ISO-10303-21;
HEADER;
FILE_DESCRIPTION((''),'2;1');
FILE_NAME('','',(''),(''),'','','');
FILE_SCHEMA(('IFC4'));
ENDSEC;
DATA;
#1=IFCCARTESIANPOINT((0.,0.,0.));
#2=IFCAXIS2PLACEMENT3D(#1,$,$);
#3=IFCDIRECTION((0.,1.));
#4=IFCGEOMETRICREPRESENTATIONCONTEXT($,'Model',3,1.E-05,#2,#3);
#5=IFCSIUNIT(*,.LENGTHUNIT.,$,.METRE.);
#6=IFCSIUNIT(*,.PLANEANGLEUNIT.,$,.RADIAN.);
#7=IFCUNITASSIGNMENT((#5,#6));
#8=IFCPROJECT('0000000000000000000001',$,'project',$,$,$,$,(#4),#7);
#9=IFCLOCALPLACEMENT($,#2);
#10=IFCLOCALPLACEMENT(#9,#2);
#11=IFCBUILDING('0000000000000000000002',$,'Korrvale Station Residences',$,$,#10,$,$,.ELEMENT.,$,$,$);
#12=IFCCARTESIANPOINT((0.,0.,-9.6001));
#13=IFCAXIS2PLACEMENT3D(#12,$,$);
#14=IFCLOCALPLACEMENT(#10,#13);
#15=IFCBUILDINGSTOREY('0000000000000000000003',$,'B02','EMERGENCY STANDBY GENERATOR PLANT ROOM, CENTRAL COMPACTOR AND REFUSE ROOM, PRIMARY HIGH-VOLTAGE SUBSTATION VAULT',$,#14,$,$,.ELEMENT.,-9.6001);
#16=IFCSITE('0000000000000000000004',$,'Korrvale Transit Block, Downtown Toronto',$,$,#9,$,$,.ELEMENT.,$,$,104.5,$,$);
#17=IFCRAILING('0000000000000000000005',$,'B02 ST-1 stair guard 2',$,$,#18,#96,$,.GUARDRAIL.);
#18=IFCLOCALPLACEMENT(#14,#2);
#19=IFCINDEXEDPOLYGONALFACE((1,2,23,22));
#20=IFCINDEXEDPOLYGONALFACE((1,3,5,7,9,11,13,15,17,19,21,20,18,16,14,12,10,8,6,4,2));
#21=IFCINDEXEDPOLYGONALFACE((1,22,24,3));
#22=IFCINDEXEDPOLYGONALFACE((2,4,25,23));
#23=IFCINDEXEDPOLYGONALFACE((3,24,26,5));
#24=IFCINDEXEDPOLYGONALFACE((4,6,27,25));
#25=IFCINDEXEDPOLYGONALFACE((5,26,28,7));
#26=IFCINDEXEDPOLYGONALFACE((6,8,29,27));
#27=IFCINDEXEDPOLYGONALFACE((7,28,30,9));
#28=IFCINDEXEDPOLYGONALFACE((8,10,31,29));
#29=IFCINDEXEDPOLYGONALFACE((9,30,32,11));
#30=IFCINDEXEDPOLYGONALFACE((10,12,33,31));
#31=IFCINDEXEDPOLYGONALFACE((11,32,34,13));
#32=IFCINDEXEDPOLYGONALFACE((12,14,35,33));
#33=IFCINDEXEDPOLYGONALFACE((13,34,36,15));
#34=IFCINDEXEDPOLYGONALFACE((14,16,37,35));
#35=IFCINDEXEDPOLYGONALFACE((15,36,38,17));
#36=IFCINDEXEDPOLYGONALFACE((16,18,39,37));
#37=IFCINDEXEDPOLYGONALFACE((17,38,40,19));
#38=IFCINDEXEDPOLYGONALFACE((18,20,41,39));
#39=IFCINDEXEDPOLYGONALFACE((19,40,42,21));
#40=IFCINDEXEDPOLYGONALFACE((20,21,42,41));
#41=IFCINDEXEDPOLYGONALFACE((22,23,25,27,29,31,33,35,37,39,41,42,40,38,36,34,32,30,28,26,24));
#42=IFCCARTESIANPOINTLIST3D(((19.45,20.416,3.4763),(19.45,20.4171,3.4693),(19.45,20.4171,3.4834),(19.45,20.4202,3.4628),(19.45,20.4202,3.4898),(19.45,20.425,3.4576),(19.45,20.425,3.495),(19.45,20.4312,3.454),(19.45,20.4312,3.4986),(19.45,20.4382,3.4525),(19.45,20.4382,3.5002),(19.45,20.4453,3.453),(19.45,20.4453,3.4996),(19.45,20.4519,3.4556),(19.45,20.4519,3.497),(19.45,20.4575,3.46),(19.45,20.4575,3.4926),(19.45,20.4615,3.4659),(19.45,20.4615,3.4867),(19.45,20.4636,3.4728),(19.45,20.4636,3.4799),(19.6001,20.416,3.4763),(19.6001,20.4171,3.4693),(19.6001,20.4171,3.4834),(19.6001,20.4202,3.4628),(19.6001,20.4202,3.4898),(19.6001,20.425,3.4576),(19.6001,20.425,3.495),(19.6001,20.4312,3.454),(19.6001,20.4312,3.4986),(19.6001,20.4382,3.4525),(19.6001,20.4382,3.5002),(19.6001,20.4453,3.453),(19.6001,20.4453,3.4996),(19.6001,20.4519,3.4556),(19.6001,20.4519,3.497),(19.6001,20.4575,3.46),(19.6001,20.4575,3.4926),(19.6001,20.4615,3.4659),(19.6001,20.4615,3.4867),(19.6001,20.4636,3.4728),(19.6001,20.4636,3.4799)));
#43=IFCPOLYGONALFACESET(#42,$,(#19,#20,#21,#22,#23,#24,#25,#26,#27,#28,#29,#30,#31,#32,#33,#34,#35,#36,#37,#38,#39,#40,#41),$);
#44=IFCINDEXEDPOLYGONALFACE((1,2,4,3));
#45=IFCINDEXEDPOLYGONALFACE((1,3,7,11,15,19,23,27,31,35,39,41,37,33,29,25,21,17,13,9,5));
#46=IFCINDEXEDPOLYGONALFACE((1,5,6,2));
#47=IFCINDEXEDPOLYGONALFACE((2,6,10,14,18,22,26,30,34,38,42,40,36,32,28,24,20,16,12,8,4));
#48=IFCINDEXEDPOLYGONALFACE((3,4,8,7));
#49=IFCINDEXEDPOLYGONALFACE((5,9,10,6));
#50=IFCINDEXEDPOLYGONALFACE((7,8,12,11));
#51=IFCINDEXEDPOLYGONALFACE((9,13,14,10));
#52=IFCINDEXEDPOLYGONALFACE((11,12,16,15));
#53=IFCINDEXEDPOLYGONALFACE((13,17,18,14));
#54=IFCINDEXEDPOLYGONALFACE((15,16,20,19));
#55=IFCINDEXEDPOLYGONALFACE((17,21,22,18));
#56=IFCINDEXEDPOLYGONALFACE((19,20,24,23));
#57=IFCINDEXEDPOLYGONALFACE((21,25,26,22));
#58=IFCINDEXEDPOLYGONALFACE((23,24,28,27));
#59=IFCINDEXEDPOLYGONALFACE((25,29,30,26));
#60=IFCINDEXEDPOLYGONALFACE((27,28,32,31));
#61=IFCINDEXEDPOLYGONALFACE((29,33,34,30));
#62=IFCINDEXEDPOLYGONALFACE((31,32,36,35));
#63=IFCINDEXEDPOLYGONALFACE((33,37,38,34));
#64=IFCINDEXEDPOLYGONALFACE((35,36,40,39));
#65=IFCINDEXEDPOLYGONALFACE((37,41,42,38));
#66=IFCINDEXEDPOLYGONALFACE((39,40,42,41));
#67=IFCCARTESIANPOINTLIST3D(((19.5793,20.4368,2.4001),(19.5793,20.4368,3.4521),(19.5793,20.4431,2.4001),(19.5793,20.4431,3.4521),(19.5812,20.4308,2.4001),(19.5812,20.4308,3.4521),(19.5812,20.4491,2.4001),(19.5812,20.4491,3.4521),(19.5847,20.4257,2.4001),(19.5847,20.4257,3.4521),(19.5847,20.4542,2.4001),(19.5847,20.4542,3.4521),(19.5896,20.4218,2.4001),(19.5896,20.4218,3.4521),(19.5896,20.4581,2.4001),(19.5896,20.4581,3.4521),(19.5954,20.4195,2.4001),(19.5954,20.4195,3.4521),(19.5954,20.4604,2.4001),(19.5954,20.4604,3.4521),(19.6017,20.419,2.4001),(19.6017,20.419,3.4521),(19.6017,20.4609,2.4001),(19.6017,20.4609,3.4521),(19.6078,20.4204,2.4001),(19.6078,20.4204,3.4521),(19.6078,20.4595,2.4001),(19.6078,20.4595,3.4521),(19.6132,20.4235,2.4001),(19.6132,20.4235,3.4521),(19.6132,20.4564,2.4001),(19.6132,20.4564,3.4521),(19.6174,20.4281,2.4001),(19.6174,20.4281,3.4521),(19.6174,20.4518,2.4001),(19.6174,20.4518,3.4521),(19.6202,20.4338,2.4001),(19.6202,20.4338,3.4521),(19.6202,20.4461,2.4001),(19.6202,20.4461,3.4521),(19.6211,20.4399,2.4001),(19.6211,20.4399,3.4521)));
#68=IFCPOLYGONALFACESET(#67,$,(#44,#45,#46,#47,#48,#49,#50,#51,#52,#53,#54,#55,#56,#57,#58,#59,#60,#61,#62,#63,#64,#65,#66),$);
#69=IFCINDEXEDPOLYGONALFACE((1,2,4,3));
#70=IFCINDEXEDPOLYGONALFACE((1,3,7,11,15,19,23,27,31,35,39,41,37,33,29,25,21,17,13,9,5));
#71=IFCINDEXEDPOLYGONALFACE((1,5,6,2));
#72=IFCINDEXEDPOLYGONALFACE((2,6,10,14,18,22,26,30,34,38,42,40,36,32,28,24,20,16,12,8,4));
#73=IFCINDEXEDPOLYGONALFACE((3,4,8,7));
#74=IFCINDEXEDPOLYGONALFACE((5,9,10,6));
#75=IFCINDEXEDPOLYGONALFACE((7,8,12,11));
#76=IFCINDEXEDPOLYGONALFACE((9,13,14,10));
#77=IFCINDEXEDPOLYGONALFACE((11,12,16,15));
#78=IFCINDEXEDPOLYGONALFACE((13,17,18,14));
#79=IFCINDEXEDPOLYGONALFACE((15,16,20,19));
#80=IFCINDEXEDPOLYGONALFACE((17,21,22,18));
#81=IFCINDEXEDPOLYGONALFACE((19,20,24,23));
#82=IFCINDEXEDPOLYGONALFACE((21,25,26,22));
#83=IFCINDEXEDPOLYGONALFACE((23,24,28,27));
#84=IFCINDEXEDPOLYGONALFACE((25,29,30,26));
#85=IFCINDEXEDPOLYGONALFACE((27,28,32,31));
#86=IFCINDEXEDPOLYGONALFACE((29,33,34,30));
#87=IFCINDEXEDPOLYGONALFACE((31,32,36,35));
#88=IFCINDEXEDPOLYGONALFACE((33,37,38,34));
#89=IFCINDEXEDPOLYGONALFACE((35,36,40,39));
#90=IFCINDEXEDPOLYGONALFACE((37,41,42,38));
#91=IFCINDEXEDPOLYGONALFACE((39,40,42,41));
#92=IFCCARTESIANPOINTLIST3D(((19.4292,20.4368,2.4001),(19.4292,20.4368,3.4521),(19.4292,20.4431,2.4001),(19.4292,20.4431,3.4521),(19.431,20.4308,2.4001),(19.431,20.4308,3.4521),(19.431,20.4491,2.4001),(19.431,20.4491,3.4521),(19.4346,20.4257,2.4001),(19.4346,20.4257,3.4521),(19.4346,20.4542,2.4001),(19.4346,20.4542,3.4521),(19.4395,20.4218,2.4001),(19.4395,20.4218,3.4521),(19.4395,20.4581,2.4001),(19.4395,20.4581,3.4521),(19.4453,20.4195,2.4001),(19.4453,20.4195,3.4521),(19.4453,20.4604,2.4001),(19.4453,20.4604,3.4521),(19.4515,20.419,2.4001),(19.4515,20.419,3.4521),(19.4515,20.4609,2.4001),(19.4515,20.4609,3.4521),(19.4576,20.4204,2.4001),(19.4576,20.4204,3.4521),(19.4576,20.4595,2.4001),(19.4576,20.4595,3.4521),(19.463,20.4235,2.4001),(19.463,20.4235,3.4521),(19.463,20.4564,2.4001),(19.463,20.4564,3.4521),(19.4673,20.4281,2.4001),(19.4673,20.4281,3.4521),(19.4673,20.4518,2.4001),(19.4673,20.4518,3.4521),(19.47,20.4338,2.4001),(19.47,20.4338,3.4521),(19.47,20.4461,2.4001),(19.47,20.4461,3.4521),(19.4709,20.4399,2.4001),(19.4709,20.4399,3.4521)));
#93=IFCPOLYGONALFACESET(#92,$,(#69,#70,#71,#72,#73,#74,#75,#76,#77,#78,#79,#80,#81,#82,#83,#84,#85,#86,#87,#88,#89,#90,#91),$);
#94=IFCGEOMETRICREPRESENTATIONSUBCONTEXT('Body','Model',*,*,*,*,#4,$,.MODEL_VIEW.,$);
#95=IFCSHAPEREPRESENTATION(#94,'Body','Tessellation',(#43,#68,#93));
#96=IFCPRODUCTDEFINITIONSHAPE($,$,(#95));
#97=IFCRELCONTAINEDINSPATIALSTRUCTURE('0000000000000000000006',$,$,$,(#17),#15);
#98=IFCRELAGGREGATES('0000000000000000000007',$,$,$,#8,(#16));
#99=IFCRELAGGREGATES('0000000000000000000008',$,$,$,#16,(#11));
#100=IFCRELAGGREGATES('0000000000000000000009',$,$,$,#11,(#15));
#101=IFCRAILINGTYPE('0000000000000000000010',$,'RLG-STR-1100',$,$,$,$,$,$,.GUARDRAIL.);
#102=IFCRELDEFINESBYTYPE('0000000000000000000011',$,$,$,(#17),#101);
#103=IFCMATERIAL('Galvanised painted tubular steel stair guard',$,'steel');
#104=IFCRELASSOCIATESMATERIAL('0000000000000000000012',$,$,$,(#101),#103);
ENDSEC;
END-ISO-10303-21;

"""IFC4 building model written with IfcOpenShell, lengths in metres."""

from ifc_helpers import new_model, si_unit, direction, frame, origin, origin_2d, place, context, subcontext, project, spatial, circle, extrude, material, type_object, element, save


model = new_model("IFC4")

# Units and contexts
model_context = context("Model", 3, precision=1e-05, world=origin(), true_north=direction((0.0, 1.0)))
body_context = subcontext(model_context, "Body", "Model", "MODEL_VIEW")
ifc_project = project(units=[si_unit("LENGTHUNIT", "METRE"), si_unit("PLANEANGLEUNIT", "RADIAN")], contexts=[model_context])

# Site, building, storey
site_placement = place(None, origin())
site = spatial("IfcSite", under=ifc_project, at=site_placement, Name="Korrvale Transit Block, Downtown Toronto", CompositionType="ELEMENT", RefElevation=104.5)
building_placement = place(site_placement, origin())
building = spatial("IfcBuilding", under=site, at=building_placement, Name="Korrvale Station Residences", CompositionType="ELEMENT")
storey_placement = place(building_placement, frame((0.0, 0.0, -9.6001)))
storey = spatial("IfcBuildingStorey", under=building, at=storey_placement, Name="B02", Description="EMERGENCY STANDBY GENERATOR PLANT ROOM, CENTRAL COMPACTOR AND REFUSE ROOM, PRIMARY HIGH-VOLTAGE SUBSTATION VAULT", CompositionType="ELEMENT", Elevation=-9.6001)

# Railing
ifc_material_1 = material(Name="Galvanised painted tubular steel stair guard", Category="steel")
railing_type_1 = type_object("IfcRailingType", Name="RLG-STR-1100", PredefinedType="GUARDRAIL", material=ifc_material_1)
railing_1_placement = place(storey_placement, frame((19.6001, 20.4399, 2.4001)))
element("IfcRailing", 1, at=railing_1_placement, inside=storey, type_object=railing_type_1, Name="B02 ST-1 stair guard 2", PredefinedType="GUARDRAIL", context=body_context, shape_type="SweptSolid", body=[
    extrude(circle(Radius=0.0239, at=origin_2d()), frame((0.0, 0.0, 1.0762), z_axis=(-1.0, 0.0, 0.0), x_axis=(0.0, -1.0, 0.0)), (0.0, 0.0, 1.0), 0.1501),
    extrude(circle(Radius=0.021, at=origin_2d()), origin(), (0.0, 0.0, 1.0), 1.052),
    extrude(circle(Radius=0.021, at=origin_2d()), frame((-0.1501, 0.0, 0.0)), (0.0, 0.0, 1.0), 1.052),
])

save(model, "model.ifc")
